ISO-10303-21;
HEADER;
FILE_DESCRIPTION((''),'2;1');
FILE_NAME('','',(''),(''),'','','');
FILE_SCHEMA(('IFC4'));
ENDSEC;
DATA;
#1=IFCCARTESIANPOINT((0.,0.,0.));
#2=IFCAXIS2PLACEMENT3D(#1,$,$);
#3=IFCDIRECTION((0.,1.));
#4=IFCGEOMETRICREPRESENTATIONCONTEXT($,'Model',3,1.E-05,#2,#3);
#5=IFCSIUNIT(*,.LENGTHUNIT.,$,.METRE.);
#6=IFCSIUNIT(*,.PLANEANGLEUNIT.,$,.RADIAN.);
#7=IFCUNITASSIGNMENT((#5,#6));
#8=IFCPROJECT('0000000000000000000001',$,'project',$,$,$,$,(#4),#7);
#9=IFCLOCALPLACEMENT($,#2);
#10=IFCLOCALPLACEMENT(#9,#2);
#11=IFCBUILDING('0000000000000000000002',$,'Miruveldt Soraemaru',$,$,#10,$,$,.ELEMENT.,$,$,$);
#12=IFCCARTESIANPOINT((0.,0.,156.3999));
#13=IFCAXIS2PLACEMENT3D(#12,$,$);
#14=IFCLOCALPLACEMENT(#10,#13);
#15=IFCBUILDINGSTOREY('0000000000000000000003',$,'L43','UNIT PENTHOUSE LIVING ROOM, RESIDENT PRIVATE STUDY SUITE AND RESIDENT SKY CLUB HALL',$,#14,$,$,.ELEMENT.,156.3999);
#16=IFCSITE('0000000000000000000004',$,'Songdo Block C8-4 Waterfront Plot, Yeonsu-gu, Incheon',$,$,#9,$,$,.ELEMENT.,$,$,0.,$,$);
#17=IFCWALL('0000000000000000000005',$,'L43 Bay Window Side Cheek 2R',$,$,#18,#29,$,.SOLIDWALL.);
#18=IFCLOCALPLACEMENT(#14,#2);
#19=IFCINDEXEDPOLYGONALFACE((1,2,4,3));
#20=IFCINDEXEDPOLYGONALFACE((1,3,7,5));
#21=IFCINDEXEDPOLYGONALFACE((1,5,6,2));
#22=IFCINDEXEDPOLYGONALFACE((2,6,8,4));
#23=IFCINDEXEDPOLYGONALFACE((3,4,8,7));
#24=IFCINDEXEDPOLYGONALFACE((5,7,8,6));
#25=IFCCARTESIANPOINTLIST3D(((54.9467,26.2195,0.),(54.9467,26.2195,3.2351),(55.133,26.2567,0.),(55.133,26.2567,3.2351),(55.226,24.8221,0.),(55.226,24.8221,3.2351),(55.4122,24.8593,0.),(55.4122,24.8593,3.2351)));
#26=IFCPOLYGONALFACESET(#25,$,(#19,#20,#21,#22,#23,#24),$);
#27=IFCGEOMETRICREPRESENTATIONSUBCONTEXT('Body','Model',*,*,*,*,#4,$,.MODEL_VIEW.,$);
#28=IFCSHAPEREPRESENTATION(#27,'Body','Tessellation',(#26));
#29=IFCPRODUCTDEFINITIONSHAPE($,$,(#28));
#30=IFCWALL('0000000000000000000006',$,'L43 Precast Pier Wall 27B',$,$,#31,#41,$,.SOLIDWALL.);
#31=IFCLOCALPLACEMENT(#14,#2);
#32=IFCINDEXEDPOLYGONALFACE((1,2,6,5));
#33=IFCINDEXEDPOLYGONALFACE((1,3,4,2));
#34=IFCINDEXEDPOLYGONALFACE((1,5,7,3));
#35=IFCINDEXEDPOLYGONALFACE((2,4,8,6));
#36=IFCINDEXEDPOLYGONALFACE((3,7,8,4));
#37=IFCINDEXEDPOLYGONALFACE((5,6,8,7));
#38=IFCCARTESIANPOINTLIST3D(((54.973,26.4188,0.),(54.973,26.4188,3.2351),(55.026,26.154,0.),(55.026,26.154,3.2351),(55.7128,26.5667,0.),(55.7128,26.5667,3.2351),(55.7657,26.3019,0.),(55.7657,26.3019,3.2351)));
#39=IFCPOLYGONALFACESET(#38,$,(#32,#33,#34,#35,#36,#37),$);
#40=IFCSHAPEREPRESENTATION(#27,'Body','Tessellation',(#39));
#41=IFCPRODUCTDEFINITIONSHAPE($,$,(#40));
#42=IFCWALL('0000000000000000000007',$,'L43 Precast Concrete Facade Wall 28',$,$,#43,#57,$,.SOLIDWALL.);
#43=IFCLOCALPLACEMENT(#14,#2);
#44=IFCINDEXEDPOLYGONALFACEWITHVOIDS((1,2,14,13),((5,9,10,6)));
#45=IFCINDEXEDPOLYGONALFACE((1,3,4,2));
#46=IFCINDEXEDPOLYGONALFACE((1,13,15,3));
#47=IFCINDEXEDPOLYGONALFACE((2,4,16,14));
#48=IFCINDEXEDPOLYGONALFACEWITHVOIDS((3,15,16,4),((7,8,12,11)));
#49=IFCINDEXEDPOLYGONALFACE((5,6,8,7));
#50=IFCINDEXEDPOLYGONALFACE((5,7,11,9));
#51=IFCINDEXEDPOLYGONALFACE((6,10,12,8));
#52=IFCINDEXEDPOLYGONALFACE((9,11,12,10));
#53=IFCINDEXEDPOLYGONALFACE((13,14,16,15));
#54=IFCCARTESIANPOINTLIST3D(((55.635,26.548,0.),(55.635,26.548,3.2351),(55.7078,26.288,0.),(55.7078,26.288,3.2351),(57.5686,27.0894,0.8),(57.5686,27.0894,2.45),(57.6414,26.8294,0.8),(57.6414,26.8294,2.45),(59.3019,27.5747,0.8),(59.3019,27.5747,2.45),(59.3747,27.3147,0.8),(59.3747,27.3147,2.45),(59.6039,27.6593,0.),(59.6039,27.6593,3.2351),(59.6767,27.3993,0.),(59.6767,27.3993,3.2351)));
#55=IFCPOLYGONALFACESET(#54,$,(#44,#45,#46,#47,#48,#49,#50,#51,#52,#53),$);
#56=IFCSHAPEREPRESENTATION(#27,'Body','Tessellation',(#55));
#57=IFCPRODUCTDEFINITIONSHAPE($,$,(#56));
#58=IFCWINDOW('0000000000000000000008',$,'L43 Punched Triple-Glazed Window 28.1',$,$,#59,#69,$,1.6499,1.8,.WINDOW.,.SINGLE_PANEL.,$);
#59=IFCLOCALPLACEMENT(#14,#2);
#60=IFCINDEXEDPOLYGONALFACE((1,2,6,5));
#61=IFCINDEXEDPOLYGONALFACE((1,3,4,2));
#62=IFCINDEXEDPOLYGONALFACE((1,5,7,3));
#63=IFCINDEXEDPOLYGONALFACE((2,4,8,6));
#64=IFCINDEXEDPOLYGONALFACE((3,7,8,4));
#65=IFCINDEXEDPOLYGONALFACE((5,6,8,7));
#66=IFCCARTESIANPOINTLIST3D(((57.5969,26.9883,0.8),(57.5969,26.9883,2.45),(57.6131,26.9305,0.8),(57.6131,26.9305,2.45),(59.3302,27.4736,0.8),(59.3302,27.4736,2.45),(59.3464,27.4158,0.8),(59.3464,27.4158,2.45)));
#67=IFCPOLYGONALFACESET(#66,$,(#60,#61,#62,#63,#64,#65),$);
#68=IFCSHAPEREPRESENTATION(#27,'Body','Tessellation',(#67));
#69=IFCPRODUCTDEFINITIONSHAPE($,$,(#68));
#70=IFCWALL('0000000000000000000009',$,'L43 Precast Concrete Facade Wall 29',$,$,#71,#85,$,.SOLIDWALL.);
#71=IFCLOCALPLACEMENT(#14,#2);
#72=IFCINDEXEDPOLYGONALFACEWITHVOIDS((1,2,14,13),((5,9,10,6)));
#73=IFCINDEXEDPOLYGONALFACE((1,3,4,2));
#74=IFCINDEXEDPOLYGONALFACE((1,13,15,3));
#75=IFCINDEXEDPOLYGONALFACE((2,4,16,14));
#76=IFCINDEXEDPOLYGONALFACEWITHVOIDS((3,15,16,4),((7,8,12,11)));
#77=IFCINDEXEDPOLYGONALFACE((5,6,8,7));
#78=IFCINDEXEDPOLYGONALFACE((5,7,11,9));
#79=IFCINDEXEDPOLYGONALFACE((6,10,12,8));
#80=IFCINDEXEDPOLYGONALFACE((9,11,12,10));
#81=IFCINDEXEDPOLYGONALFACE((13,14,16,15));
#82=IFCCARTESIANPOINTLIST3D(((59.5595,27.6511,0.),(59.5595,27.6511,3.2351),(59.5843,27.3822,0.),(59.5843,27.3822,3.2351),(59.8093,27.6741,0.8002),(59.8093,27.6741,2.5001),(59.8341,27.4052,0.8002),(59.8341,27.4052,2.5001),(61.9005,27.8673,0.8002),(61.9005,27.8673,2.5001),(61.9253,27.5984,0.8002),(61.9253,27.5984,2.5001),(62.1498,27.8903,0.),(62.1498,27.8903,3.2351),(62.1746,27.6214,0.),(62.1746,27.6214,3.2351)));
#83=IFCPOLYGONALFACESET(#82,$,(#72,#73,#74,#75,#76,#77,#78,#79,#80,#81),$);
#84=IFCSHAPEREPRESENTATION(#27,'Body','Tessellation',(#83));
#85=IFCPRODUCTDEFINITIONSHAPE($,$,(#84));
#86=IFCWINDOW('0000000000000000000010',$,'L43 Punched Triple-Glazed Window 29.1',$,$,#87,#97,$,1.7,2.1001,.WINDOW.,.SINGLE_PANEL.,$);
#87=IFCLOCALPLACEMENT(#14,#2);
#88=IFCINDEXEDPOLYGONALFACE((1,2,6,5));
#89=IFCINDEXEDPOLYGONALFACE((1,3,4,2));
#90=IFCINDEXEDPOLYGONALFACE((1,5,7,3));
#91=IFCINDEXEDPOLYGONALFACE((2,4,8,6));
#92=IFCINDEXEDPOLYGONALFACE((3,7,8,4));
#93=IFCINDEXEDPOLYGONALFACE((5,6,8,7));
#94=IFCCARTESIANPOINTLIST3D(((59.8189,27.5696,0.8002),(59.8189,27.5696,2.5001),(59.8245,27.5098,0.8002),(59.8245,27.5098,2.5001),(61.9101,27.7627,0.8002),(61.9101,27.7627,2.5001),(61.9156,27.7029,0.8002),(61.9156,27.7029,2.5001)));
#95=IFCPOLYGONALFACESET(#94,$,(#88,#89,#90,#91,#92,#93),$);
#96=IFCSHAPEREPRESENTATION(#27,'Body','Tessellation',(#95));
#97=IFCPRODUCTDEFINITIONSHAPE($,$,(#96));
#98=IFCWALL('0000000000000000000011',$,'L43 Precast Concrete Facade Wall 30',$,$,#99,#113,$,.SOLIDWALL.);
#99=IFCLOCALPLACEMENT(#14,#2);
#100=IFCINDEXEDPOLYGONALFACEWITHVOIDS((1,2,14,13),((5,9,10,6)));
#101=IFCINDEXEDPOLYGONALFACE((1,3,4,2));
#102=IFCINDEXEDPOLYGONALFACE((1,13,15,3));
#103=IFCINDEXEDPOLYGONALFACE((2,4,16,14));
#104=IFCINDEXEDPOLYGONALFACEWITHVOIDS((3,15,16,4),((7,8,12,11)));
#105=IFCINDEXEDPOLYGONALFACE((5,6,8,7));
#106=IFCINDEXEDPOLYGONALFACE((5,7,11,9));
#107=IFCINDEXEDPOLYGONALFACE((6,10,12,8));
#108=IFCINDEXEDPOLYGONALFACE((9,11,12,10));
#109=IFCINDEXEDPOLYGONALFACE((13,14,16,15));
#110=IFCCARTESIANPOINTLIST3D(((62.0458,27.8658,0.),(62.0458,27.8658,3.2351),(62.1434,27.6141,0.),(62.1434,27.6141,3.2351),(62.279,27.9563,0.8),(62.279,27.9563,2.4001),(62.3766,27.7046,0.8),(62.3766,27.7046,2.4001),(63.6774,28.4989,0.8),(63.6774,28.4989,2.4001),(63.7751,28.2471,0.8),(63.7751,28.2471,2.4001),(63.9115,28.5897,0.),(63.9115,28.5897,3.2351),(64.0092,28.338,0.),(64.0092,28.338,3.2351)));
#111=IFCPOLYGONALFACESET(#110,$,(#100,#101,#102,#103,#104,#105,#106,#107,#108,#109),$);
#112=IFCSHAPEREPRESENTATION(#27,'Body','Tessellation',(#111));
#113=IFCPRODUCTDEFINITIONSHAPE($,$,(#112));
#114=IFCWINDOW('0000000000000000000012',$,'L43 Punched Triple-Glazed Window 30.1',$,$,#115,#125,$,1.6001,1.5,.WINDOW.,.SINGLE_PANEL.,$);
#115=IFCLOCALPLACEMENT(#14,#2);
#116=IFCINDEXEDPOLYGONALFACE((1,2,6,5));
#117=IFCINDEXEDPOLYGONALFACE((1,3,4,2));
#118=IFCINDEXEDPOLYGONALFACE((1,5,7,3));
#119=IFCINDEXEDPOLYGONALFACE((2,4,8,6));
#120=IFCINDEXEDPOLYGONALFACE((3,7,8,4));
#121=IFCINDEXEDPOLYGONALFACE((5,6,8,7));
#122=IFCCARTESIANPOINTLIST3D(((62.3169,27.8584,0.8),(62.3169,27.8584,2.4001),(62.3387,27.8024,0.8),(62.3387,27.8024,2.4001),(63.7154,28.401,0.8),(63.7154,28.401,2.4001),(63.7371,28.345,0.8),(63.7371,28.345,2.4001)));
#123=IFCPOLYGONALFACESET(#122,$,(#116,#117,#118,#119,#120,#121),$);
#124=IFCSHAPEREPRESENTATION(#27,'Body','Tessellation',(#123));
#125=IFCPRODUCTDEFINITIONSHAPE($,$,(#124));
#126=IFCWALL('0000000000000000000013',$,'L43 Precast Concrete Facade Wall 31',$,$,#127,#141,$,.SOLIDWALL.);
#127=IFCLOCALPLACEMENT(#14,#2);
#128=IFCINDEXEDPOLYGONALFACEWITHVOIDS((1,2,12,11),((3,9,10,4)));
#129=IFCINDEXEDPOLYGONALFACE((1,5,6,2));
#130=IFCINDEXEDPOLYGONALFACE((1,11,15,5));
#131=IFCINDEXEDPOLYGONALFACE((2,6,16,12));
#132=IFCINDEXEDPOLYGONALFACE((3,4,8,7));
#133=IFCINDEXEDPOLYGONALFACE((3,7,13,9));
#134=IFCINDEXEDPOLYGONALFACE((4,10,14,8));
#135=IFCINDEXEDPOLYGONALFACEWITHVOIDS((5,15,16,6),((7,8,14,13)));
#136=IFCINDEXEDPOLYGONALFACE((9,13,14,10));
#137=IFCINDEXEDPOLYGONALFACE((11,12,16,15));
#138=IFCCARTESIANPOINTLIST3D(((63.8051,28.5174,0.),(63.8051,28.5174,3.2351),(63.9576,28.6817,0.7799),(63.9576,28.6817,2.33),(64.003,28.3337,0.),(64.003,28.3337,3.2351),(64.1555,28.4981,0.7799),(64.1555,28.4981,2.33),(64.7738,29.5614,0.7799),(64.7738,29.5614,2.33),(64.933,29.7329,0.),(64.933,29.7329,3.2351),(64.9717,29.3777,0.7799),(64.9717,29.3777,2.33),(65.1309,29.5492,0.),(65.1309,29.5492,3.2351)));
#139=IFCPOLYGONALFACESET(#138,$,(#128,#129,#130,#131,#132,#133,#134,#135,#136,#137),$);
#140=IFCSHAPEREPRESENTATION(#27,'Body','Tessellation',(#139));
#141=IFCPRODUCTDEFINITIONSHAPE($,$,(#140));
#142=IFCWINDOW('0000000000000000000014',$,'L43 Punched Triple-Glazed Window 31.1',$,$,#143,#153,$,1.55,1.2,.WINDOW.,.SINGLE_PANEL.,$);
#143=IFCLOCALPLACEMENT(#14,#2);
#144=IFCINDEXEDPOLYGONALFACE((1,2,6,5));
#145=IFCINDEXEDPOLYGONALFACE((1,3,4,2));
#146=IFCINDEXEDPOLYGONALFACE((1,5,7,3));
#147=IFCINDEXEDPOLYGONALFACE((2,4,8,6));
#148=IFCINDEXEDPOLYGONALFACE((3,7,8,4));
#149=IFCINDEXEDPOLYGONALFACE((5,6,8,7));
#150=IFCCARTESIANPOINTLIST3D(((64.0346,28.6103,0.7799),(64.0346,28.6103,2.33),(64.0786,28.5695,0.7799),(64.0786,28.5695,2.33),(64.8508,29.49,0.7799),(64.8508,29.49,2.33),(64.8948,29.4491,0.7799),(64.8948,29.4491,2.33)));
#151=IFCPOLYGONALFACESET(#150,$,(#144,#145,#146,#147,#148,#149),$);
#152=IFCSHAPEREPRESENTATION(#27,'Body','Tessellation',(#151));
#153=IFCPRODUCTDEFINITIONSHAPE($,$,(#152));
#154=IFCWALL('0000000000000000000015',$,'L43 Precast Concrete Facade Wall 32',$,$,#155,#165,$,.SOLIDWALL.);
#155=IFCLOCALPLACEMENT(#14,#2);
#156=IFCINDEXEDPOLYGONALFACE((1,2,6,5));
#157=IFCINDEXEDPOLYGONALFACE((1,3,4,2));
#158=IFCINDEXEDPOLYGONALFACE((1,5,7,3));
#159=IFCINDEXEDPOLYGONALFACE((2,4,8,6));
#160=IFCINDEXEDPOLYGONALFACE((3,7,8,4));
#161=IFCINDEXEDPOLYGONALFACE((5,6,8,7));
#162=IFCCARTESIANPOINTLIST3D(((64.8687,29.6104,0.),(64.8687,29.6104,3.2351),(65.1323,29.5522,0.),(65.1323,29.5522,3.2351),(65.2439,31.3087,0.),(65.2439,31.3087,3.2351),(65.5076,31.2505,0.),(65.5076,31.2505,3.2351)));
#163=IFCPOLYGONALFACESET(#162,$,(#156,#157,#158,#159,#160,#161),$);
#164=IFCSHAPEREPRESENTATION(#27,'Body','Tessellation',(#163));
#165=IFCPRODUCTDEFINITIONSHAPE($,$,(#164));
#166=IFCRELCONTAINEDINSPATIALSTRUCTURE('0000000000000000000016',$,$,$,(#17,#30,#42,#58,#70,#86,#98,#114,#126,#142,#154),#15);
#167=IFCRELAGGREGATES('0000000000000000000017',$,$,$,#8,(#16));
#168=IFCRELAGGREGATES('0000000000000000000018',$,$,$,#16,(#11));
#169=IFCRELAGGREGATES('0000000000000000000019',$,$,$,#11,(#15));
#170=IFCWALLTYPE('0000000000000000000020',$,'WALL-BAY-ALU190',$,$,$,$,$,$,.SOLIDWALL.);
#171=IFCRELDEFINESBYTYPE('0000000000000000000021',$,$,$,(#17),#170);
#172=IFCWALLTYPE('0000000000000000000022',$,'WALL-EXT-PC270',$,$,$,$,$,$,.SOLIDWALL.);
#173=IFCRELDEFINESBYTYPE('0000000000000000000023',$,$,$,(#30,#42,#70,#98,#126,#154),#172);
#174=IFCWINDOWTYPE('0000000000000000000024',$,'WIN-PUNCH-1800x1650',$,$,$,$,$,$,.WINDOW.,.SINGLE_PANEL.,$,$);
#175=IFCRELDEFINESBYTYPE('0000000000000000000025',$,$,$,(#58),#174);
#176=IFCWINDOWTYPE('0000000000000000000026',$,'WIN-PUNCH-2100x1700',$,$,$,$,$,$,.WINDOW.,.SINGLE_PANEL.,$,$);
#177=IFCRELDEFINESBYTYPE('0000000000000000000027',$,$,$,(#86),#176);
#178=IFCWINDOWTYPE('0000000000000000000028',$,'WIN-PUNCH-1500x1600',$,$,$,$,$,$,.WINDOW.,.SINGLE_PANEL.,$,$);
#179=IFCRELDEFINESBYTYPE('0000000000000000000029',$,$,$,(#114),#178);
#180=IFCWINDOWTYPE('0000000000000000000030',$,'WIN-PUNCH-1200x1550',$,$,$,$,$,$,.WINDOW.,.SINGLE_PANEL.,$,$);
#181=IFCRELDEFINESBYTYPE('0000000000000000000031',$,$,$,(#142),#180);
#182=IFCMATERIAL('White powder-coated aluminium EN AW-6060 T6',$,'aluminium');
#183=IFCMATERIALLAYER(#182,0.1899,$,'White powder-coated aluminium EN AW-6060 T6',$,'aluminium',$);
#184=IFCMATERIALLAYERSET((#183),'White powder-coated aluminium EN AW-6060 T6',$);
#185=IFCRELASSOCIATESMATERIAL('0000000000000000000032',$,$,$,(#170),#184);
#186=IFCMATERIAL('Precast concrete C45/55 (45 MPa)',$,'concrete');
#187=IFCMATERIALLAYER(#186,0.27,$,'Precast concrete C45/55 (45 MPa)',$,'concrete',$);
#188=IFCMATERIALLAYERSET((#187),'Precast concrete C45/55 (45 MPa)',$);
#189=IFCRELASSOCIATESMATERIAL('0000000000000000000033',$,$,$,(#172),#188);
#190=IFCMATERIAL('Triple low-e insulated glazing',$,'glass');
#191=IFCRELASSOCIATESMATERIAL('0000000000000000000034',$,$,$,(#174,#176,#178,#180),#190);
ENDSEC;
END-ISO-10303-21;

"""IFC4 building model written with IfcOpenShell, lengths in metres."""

from ifc_helpers import new_model, si_unit, direction, frame, frame_2d, origin, place, context, subcontext, project, spatial, rectangle, extrude, material, layer, layer_set, type_object, element, fill, save


model = new_model("IFC4")

# Units and contexts
model_context = context("Model", 3, precision=1e-05, world=origin(), true_north=direction((0.0, 1.0)))
body_context = subcontext(model_context, "Body", "Model", "MODEL_VIEW")
ifc_project = project(units=[si_unit("LENGTHUNIT", "METRE"), si_unit("PLANEANGLEUNIT", "RADIAN")], contexts=[model_context])

# Site, building, storey
site_placement = place(None, origin())
site = spatial("IfcSite", under=ifc_project, at=site_placement, Name="Songdo Block C8-4 Waterfront Plot, Yeonsu-gu, Incheon", CompositionType="ELEMENT", RefElevation=0.0)
building_placement = place(site_placement, origin())
building = spatial("IfcBuilding", under=site, at=building_placement, Name="Miruveldt Soraemaru", CompositionType="ELEMENT")
storey_placement = place(building_placement, frame((0.0, 0.0, 156.3999)))
storey = spatial("IfcBuildingStorey", under=building, at=storey_placement, Name="L43", Description="UNIT PENTHOUSE LIVING ROOM, RESIDENT PRIVATE STUDY SUITE AND RESIDENT SKY CLUB HALL", CompositionType="ELEMENT", Elevation=156.3999)

# Walls
ifc_material_1 = material(Name="White powder-coated aluminium EN AW-6060 T6", Category="aluminium")
ifc_layer_1 = layer(ifc_material_1, 0.1899, Name="White powder-coated aluminium EN AW-6060 T6", Category="aluminium")
ifc_layer_set_1 = layer_set([ifc_layer_1], Name="White powder-coated aluminium EN AW-6060 T6")
wall_type_1 = type_object("IfcWallType", Name="WALL-BAY-ALU190", PredefinedType="SOLIDWALL", material=ifc_layer_set_1)
wall_1_placement = place(storey_placement, frame((55.3191, 24.8408, 0.0), z_axis=(0.0, 0.0, 1.0), x_axis=(-0.195984, 0.980607, 0.0)))
element("IfcWall", 1, at=wall_1_placement, inside=storey, type_object=wall_type_1, Name="L43 Bay Window Side Cheek 2R", PredefinedType="SOLIDWALL", context=body_context, shape_type="SweptSolid", body=[
    extrude(rectangle(XDim=1.425, YDim=0.1899, at=frame_2d((0.7124, 0.0))), origin(), (0.0, 0.0, 1.0), 3.2351),
])
ifc_material_2 = material(Name="Precast concrete C45/55 (45 MPa)", Category="concrete")
ifc_layer_2 = layer(ifc_material_2, 0.27, Name="Precast concrete C45/55 (45 MPa)", Category="concrete")
ifc_layer_set_2 = layer_set([ifc_layer_2], Name="Precast concrete C45/55 (45 MPa)")
wall_type_2 = type_object("IfcWallType", Name="WALL-EXT-PC270", PredefinedType="SOLIDWALL", material=ifc_layer_set_2)
wall_2_placement = place(storey_placement, frame((54.9995, 26.2864, 0.0), z_axis=(0.0, 0.0, 1.0), x_axis=(0.980581, 0.196116, 0.0)))
element("IfcWall", 2, at=wall_2_placement, inside=storey, type_object=wall_type_2, Name="L43 Precast Pier Wall 27B", PredefinedType="SOLIDWALL", context=body_context, shape_type="SweptSolid", body=[
    extrude(rectangle(XDim=0.7544, YDim=0.27, at=frame_2d((0.3772, 0.0))), origin(), (0.0, 0.0, 1.0), 3.2351),
])

# Walls, openings, windows
wall_3_placement = place(storey_placement, frame((55.6714, 26.418, 0.0), z_axis=(0.0, 0.0, 1.0), x_axis=(0.962963, 0.269632, 0.0)))
wall_3 = element("IfcWall", 3, at=wall_3_placement, inside=storey, type_object=wall_type_2, Name="L43 Precast Concrete Facade Wall 28", PredefinedType="SOLIDWALL", context=body_context, shape_type="SweptSolid", body=[
    extrude(rectangle(XDim=4.1216, YDim=0.27, at=frame_2d((2.0608, 0.0))), origin(), (0.0, 0.0, 1.0), 3.2351),
])
opening_1_placement = place(wall_3_placement, frame((2.0081, 0.0, 0.8)))
opening_1 = element("IfcOpeningElement", 4, at=opening_1_placement, cuts=wall_3, PredefinedType="OPENING", context=body_context, shape_type="SweptSolid", body=[
    extrude(rectangle(XDim=1.8, YDim=1.6499, at=frame_2d((0.8999, 0.825))), frame((0.0, 0.145, 0.0), z_axis=(0.0, -1.0, 0.0), x_axis=(1.0, 0.0, 0.0)), (0.0, 0.0, 1.0), 0.29),
])
ifc_material_3 = material(Name="Triple low-e insulated glazing", Category="glass")
window_type_1 = type_object("IfcWindowType", Name="WIN-PUNCH-1800x1650", PartitioningType="SINGLE_PANEL", PredefinedType="WINDOW", material=ifc_material_3)
window_1_placement = place(opening_1_placement, origin())
window_1 = element("IfcWindow", 5, at=window_1_placement, inside=storey, type_object=window_type_1, Name="L43 Punched Triple-Glazed Window 28.1", OverallHeight=1.6499, OverallWidth=1.8, PartitioningType="SINGLE_PANEL", PredefinedType="WINDOW", context=body_context, shape_type="SweptSolid", body=[
    extrude(rectangle(XDim=1.8, YDim=1.6499, at=frame_2d((0.8999, 0.825))), frame((0.0, 0.03, 0.0), z_axis=(0.0, -1.0, 0.0), x_axis=(1.0, 0.0, 0.0)), (0.0, 0.0, 1.0), 0.0601),
])
fill(opening_1, window_1)
wall_4_placement = place(storey_placement, frame((59.5718, 27.5166, 0.0), z_axis=(0.0, 0.0, 1.0), x_axis=(0.995761, 0.091974, 0.0)))
wall_4 = element("IfcWall", 6, at=wall_4_placement, inside=storey, type_object=wall_type_2, Name="L43 Precast Concrete Facade Wall 29", PredefinedType="SOLIDWALL", context=body_context, shape_type="SweptSolid", body=[
    extrude(rectangle(XDim=2.6013, YDim=0.27, at=frame_2d((1.3008, 0.0))), origin(), (0.0, 0.0, 1.0), 3.2351),
])
opening_2_placement = place(wall_4_placement, frame((0.251, 0.0, 0.8)))
opening_2 = element("IfcOpeningElement", 7, at=opening_2_placement, cuts=wall_4, PredefinedType="OPENING", context=body_context, shape_type="SweptSolid", body=[
    extrude(rectangle(XDim=2.1001, YDim=1.7, at=frame_2d((1.05, 0.8501))), frame((0.0, 0.145, 0.0), z_axis=(0.0, -1.0, 0.0), x_axis=(1.0, 0.0, 0.0)), (0.0, 0.0, 1.0), 0.29),
])
window_type_2 = type_object("IfcWindowType", Name="WIN-PUNCH-2100x1700", PartitioningType="SINGLE_PANEL", PredefinedType="WINDOW", material=ifc_material_3)
window_2_placement = place(opening_2_placement, origin())
window_2 = element("IfcWindow", 8, at=window_2_placement, inside=storey, type_object=window_type_2, Name="L43 Punched Triple-Glazed Window 29.1", OverallHeight=1.7, OverallWidth=2.1001, PartitioningType="SINGLE_PANEL", PredefinedType="WINDOW", context=body_context, shape_type="SweptSolid", body=[
    extrude(rectangle(XDim=2.1001, YDim=1.7, at=frame_2d((1.05, 0.8501))), frame((0.0, 0.03, 0.0), z_axis=(0.0, -1.0, 0.0), x_axis=(1.0, 0.0, 0.0)), (0.0, 0.0, 1.0), 0.0601),
])
fill(opening_2, window_2)
wall_5_placement = place(storey_placement, frame((62.0947, 27.74, 0.0), z_axis=(0.0, 0.0, 1.0), x_axis=(0.932288, 0.361716, 0.0)))
wall_5 = element("IfcWall", 9, at=wall_5_placement, inside=storey, type_object=wall_type_2, Name="L43 Precast Concrete Facade Wall 30", PredefinedType="SOLIDWALL", context=body_context, shape_type="SweptSolid", body=[
    extrude(rectangle(XDim=2.0012, YDim=0.27, at=frame_2d((1.0005, 0.0))), origin(), (0.0, 0.0, 1.0), 3.2351),
])
opening_3_placement = place(wall_5_placement, frame((0.25, 0.0, 0.8)))
opening_3 = element("IfcOpeningElement", 10, at=opening_3_placement, cuts=wall_5, PredefinedType="OPENING", context=body_context, shape_type="SweptSolid", body=[
    extrude(rectangle(XDim=1.5, YDim=1.6001, at=frame_2d((0.75, 0.8))), frame((0.0, 0.145, 0.0), z_axis=(0.0, -1.0, 0.0), x_axis=(1.0, 0.0, 0.0)), (0.0, 0.0, 1.0), 0.29),
])
window_type_3 = type_object("IfcWindowType", Name="WIN-PUNCH-1500x1600", PartitioningType="SINGLE_PANEL", PredefinedType="WINDOW", material=ifc_material_3)
window_3_placement = place(opening_3_placement, origin())
window_3 = element("IfcWindow", 11, at=window_3_placement, inside=storey, type_object=window_type_3, Name="L43 Punched Triple-Glazed Window 30.1", OverallHeight=1.6001, OverallWidth=1.5, PartitioningType="SINGLE_PANEL", PredefinedType="WINDOW", context=body_context, shape_type="SweptSolid", body=[
    extrude(rectangle(XDim=1.5, YDim=1.6001, at=frame_2d((0.75, 0.8))), frame((0.0, 0.03, 0.0), z_axis=(0.0, -1.0, 0.0), x_axis=(1.0, 0.0, 0.0)), (0.0, 0.0, 1.0), 0.0601),
])
fill(opening_3, window_3)
wall_6_placement = place(storey_placement, frame((63.9041, 28.4255, 0.0), z_axis=(0.0, 0.0, 1.0), x_axis=(0.680186, 0.73304, 0.0)))
wall_6 = element("IfcWall", 12, at=wall_6_placement, inside=storey, type_object=wall_type_2, Name="L43 Precast Concrete Facade Wall 31", PredefinedType="SOLIDWALL", context=body_context, shape_type="SweptSolid", body=[
    extrude(rectangle(XDim=1.6582, YDim=0.27, at=frame_2d((0.8291, 0.0))), origin(), (0.0, 0.0, 1.0), 3.2351),
])
opening_4_placement = place(wall_6_placement, frame((0.2241, 0.0, 0.78)))
opening_4 = element("IfcOpeningElement", 13, at=opening_4_placement, cuts=wall_6, PredefinedType="OPENING", context=body_context, shape_type="SweptSolid", body=[
    extrude(rectangle(XDim=1.2, YDim=1.55, at=frame_2d((0.6001, 0.7749))), frame((0.0, 0.145, 0.0), z_axis=(0.0, -1.0, 0.0), x_axis=(1.0, 0.0, 0.0)), (0.0, 0.0, 1.0), 0.29),
])
window_type_4 = type_object("IfcWindowType", Name="WIN-PUNCH-1200x1550", PartitioningType="SINGLE_PANEL", PredefinedType="WINDOW", material=ifc_material_3)
window_4_placement = place(opening_4_placement, origin())
window_4 = element("IfcWindow", 14, at=window_4_placement, inside=storey, type_object=window_type_4, Name="L43 Punched Triple-Glazed Window 31.1", OverallHeight=1.55, OverallWidth=1.2, PartitioningType="SINGLE_PANEL", PredefinedType="WINDOW", context=body_context, shape_type="SweptSolid", body=[
    extrude(rectangle(XDim=1.2, YDim=1.55, at=frame_2d((0.6001, 0.7749))), frame((0.0, 0.03, 0.0), z_axis=(0.0, -1.0, 0.0), x_axis=(1.0, 0.0, 0.0)), (0.0, 0.0, 1.0), 0.0601),
])
fill(opening_4, window_4)

# Wall
wall_7_placement = place(storey_placement, frame((65.0005, 29.5813, 0.0), z_axis=(0.0, 0.0, 1.0), x_axis=(0.215756, 0.976447, 0.0)))
element("IfcWall", 15, at=wall_7_placement, inside=storey, type_object=wall_type_2, Name="L43 Precast Concrete Facade Wall 32", PredefinedType="SOLIDWALL", context=body_context, shape_type="SweptSolid", body=[
    extrude(rectangle(XDim=1.7393, YDim=0.27, at=frame_2d((0.8696, 0.0))), origin(), (0.0, 0.0, 1.0), 3.2351),
])

save(model, "model.ifc")
